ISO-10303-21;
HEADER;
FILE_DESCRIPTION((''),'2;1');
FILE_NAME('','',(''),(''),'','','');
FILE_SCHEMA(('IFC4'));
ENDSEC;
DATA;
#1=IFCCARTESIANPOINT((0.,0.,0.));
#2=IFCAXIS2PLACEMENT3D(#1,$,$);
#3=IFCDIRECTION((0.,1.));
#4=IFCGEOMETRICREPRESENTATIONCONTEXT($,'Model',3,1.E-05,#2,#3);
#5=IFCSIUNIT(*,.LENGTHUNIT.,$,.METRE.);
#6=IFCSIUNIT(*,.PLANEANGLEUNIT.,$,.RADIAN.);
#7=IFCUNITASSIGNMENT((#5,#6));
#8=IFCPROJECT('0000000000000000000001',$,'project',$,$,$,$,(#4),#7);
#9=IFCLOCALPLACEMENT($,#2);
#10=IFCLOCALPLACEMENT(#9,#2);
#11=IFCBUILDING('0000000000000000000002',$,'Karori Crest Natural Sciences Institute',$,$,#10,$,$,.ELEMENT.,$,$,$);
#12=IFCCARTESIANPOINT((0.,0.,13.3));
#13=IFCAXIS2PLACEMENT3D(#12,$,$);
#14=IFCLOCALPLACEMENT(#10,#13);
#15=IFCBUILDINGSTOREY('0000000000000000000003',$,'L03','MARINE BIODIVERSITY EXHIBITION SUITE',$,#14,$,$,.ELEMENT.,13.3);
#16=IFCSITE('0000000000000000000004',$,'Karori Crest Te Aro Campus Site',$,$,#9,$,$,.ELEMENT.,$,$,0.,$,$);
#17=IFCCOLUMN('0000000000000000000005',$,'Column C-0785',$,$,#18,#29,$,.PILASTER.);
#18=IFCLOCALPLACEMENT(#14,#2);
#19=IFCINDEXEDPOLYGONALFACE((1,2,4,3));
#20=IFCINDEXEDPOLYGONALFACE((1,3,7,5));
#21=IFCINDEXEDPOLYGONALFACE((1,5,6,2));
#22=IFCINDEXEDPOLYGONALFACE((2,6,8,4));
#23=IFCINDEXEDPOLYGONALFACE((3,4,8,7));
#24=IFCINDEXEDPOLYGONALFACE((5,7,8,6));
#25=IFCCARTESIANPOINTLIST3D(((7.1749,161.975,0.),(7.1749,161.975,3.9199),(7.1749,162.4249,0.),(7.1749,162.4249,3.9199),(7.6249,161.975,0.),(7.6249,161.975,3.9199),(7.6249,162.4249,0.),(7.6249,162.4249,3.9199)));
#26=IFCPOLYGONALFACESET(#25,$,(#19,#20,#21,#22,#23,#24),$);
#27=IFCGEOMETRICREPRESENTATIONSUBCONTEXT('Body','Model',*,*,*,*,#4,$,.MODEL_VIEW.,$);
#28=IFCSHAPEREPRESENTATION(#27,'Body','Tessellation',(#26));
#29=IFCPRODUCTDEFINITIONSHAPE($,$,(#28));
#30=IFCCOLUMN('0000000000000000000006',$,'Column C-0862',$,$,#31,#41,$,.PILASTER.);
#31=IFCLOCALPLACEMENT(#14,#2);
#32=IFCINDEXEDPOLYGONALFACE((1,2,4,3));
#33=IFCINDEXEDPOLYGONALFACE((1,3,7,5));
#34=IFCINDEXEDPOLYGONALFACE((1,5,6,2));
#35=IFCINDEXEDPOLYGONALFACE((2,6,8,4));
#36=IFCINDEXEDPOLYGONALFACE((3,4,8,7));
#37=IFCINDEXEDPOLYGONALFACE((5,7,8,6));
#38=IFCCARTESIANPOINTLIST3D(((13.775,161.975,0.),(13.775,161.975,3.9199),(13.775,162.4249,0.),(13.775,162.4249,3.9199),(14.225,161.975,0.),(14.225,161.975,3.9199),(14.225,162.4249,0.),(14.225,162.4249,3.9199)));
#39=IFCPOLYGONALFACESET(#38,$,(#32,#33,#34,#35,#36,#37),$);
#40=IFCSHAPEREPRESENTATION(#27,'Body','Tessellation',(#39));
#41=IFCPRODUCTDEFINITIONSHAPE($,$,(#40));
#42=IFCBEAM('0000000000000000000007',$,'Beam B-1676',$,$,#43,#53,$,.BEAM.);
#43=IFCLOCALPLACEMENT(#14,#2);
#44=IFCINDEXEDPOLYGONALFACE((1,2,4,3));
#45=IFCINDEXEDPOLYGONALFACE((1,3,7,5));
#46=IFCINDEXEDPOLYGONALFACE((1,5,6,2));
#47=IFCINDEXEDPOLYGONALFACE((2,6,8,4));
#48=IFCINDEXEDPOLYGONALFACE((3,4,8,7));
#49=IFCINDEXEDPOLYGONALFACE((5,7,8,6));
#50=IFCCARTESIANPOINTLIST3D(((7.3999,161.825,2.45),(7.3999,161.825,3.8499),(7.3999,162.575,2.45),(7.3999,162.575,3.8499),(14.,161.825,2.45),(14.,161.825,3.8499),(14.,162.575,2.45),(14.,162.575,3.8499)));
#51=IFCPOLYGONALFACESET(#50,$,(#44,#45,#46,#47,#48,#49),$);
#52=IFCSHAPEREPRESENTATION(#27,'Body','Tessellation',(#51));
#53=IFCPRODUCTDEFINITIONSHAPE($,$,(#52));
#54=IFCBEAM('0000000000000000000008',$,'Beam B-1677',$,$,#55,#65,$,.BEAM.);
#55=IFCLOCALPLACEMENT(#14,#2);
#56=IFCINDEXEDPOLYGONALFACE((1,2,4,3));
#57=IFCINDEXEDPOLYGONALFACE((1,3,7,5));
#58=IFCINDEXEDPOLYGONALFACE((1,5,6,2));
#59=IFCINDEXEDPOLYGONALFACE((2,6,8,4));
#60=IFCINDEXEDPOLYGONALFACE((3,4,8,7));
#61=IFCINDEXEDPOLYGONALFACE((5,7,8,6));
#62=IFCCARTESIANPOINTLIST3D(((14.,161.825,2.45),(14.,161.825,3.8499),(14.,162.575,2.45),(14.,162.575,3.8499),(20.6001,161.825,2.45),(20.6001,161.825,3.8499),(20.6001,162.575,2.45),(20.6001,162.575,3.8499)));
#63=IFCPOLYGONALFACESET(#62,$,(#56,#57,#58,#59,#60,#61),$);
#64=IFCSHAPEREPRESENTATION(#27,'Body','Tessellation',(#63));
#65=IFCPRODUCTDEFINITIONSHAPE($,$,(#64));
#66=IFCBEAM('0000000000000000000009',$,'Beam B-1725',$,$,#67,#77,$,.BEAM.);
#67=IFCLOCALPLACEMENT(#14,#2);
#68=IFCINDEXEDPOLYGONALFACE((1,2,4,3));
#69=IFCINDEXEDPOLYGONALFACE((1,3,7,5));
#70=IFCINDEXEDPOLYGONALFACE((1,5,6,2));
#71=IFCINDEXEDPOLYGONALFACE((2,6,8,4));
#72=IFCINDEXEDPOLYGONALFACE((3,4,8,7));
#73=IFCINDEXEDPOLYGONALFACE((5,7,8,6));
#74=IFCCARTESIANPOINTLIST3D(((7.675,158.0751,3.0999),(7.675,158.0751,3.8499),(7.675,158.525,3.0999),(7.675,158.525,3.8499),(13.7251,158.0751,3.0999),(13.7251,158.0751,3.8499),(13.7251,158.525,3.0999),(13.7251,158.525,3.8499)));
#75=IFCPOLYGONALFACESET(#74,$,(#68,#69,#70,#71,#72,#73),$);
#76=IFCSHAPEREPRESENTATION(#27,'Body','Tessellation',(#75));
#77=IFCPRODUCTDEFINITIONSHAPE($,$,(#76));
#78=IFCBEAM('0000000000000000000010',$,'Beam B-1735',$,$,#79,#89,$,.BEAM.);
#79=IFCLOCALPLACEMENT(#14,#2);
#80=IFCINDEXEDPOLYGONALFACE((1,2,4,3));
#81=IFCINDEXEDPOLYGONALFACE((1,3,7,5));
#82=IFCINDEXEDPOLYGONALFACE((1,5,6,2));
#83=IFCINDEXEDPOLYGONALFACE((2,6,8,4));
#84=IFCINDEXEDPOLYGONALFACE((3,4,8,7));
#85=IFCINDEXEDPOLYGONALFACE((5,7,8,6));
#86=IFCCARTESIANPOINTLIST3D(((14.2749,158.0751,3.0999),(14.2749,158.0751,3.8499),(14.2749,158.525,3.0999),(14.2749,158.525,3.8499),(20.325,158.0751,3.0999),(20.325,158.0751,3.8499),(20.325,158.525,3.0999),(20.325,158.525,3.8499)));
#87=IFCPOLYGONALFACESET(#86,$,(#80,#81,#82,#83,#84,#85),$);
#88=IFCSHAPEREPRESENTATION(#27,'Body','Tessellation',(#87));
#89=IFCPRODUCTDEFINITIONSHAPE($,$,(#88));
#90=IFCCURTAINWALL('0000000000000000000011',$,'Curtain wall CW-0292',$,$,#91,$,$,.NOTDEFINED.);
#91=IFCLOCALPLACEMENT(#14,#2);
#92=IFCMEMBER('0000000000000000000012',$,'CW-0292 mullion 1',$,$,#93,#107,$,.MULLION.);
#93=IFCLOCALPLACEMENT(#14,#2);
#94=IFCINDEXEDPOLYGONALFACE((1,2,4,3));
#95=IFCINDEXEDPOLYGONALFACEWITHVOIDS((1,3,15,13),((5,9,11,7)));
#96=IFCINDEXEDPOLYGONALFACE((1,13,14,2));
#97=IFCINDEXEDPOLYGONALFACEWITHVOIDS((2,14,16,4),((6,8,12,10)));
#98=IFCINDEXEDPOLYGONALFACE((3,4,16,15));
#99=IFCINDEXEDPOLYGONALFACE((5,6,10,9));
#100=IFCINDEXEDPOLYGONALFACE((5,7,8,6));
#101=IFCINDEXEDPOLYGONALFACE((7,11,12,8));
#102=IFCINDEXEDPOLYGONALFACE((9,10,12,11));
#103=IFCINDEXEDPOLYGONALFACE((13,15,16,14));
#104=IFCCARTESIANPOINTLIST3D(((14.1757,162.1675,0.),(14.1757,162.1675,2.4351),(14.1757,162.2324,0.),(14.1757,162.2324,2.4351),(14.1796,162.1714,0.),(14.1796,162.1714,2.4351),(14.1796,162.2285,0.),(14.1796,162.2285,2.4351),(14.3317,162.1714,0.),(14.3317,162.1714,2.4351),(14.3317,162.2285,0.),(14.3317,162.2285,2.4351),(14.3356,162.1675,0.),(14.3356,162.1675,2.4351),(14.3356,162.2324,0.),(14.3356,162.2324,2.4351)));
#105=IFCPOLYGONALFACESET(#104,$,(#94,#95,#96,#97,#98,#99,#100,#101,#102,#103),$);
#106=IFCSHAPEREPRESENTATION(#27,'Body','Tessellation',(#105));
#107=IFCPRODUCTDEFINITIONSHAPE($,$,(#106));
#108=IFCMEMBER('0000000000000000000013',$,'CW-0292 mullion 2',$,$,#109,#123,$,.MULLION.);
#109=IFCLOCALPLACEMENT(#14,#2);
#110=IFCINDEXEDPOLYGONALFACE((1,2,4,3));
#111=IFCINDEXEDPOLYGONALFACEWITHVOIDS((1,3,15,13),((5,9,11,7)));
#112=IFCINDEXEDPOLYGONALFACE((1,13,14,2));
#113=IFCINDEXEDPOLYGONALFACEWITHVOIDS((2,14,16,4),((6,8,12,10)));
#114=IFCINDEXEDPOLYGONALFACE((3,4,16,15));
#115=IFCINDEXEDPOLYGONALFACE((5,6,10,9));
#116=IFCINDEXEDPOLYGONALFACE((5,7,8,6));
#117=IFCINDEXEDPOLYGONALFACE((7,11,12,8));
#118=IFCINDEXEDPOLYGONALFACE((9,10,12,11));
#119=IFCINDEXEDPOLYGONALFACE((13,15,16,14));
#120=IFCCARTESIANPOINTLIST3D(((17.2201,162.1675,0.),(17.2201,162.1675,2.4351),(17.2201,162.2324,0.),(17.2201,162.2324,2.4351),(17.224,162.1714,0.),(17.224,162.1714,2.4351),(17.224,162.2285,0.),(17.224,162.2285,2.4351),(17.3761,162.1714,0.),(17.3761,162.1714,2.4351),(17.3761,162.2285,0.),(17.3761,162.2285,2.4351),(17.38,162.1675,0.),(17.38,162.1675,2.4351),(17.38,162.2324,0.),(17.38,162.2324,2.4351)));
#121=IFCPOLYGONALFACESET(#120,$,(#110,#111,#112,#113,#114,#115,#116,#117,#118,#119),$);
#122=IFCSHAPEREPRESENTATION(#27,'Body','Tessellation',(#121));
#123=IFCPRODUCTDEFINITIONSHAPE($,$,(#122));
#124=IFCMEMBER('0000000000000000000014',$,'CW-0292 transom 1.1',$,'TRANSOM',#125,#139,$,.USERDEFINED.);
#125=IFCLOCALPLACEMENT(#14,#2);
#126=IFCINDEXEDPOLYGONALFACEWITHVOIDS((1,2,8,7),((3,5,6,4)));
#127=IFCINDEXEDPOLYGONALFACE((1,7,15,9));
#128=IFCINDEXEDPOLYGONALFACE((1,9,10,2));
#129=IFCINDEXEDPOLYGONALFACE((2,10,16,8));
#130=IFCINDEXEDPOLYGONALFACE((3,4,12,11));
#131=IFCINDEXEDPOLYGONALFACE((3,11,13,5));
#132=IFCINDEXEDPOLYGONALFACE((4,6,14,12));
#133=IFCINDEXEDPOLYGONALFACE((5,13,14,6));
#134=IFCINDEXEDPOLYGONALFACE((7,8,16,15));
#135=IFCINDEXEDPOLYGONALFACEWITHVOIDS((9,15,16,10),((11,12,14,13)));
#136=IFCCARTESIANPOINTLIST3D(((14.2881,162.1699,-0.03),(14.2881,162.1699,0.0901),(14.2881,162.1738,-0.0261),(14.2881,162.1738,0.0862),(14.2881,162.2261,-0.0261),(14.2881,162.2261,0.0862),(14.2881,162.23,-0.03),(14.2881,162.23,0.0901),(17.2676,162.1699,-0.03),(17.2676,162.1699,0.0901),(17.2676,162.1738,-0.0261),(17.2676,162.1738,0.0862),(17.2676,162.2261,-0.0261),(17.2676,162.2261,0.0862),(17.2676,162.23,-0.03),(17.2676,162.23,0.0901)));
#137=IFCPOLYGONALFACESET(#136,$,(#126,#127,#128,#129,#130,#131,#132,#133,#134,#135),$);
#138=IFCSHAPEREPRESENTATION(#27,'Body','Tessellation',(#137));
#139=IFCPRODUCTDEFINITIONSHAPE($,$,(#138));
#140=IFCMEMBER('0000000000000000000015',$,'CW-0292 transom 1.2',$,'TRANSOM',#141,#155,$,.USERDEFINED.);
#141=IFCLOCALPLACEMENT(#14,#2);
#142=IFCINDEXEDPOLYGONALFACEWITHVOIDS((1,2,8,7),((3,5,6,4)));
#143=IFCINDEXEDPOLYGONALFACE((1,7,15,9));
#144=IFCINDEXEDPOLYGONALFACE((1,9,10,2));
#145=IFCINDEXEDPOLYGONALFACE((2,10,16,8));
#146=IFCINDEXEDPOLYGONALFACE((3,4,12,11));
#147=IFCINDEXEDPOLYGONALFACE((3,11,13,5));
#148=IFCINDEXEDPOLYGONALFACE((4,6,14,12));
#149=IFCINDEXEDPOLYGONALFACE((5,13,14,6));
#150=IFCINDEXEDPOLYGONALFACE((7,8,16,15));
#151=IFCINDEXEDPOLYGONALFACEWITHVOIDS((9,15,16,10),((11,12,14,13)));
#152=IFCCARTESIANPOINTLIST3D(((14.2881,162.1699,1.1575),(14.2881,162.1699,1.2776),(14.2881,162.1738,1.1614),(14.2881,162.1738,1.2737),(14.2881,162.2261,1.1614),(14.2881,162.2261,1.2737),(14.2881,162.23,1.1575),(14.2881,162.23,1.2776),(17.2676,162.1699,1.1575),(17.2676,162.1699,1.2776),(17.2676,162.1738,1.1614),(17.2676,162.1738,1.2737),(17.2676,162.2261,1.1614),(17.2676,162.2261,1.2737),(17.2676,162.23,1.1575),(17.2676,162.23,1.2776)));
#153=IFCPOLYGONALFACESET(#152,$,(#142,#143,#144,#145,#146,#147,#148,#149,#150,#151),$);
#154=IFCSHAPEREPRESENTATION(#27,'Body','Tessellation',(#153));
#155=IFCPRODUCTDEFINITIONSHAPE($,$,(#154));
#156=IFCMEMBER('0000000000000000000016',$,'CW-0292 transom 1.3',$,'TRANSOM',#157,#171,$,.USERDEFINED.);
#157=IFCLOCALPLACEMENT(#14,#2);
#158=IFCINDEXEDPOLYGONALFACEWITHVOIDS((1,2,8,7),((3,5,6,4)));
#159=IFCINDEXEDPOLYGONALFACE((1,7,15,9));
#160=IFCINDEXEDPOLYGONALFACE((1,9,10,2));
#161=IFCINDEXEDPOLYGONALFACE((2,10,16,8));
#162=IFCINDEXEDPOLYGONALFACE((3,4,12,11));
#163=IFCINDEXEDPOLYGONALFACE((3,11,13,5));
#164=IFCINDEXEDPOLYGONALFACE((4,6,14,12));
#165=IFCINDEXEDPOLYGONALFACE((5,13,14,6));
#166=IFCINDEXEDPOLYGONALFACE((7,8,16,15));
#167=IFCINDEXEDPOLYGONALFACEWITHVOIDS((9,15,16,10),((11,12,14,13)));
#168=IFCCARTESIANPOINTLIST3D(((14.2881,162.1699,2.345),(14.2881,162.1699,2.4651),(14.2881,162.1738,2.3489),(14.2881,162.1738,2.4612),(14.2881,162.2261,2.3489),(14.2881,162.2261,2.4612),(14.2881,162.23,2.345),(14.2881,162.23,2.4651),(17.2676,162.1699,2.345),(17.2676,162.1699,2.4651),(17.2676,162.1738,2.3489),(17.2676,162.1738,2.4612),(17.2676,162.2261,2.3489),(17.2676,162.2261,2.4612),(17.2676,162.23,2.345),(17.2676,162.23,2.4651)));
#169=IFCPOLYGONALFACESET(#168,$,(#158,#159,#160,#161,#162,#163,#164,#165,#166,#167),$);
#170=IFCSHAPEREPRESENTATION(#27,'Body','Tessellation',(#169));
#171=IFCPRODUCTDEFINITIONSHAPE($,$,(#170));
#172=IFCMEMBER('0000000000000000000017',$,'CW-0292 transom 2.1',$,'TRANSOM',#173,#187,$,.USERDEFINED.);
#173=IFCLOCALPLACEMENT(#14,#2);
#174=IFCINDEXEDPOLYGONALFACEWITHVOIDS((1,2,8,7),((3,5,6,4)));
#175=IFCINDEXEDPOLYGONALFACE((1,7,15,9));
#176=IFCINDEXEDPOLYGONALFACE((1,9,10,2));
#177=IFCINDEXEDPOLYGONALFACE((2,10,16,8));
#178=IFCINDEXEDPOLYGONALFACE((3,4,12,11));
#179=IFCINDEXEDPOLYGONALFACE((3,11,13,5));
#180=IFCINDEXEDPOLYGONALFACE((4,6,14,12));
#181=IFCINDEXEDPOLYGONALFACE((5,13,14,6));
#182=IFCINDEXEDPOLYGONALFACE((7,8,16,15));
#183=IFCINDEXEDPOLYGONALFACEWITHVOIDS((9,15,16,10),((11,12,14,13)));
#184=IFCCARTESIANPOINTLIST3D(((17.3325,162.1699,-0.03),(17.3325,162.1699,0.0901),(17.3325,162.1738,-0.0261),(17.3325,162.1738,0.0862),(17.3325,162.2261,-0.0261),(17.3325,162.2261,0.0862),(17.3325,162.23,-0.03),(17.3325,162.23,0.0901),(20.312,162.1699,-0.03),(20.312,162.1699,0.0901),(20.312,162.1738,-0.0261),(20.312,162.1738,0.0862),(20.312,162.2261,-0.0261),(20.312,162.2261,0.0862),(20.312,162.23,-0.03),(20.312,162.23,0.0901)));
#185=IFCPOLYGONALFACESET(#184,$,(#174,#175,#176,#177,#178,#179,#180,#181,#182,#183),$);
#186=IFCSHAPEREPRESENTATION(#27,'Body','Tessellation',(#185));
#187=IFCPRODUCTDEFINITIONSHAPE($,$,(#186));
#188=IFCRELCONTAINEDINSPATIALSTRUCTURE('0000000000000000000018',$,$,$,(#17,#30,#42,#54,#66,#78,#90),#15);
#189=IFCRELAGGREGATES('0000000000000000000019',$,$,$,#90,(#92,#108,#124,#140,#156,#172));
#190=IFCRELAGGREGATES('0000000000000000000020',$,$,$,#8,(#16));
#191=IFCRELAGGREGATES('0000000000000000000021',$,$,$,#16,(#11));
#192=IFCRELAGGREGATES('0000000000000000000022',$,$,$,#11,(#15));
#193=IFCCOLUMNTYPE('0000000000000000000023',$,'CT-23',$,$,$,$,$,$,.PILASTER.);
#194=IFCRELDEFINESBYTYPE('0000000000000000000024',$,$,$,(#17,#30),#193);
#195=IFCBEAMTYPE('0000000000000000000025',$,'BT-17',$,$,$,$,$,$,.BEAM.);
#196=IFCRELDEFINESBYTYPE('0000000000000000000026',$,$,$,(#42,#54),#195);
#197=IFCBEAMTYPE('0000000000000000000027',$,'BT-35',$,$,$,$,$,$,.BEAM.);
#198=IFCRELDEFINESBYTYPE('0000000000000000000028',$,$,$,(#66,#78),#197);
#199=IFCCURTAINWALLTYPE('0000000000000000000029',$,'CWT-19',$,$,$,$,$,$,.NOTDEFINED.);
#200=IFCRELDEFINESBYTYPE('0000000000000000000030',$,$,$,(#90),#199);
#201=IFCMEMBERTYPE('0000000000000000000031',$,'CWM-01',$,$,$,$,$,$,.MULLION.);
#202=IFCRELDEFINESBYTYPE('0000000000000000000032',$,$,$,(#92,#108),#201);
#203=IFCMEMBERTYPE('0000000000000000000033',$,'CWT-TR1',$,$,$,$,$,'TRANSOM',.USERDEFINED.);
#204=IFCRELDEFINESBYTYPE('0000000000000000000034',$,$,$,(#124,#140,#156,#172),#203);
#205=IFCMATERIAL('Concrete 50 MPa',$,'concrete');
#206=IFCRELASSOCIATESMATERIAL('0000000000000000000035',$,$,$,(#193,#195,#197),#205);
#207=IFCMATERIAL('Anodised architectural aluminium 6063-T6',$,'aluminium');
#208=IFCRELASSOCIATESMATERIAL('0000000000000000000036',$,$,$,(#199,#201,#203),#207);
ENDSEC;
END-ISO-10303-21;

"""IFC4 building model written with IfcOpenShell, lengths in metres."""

from ifc_helpers import new_model, si_unit, direction, frame, origin, origin_2d, place, context, subcontext, project, spatial, rectangle, hollow_rectangle, extrude, material, material_profile, profile_set, type_object, element, aggregate, save


model = new_model("IFC4")

# Units and contexts
model_context = context("Model", 3, precision=1e-05, world=origin(), true_north=direction((0.0, 1.0)))
body_context = subcontext(model_context, "Body", "Model", "MODEL_VIEW")
ifc_project = project(units=[si_unit("LENGTHUNIT", "METRE"), si_unit("PLANEANGLEUNIT", "RADIAN")], contexts=[model_context])

# Site, building, storey
site_placement = place(None, origin())
site = spatial("IfcSite", under=ifc_project, at=site_placement, Name="Karori Crest Te Aro Campus Site", CompositionType="ELEMENT", RefElevation=0.0)
building_placement = place(site_placement, origin())
building = spatial("IfcBuilding", under=site, at=building_placement, Name="Karori Crest Natural Sciences Institute", CompositionType="ELEMENT")
storey_placement = place(building_placement, frame((0.0, 0.0, 13.3)))
storey = spatial("IfcBuildingStorey", under=building, at=storey_placement, Name="L03", Description="MARINE BIODIVERSITY EXHIBITION SUITE", CompositionType="ELEMENT", Elevation=13.3)

# Columns
ifc_material_1 = material(Name="Concrete 50 MPa", Category="concrete")
ifc_material_profile_1 = material_profile(ifc_material_1, rectangle(XDim=0.45, YDim=0.45, at=origin_2d()), Name="RC450x450")
ifc_profile_set_1 = profile_set([ifc_material_profile_1], Name="Concrete 50 MPa")
column_type = type_object("IfcColumnType", Name="CT-23", PredefinedType="PILASTER", material=ifc_profile_set_1)
for number, where, z_axis, x_axis, name in (
    (1, (7.3999, 162.2, 0.0), (0.0, 0.0, 1.0), (1.0, 0.0, 0.0), "Column C-0785"),
    (2, (14.0, 162.2, 0.0), (0.0, 0.0, 1.0), (1.0, 0.0, 0.0), "Column C-0862"),
):
    element("IfcColumn", number, at=place(storey_placement, frame(where, z_axis=z_axis, x_axis=x_axis)), inside=storey, type_object=column_type, Name=name, PredefinedType="PILASTER", context=body_context, shape_type="SweptSolid", body=[
        extrude(rectangle(XDim=0.45, YDim=0.45, at=origin_2d()), origin(), (0.0, 0.0, 1.0), 3.9199),
    ])

# Beams
ifc_material_profile_2 = material_profile(ifc_material_1, rectangle(XDim=0.75, YDim=1.3999, at=origin_2d()), Name="RCB750x1400")
ifc_profile_set_2 = profile_set([ifc_material_profile_2], Name="Concrete 50 MPa")
beam_type_1 = type_object("IfcBeamType", Name="BT-17", PredefinedType="BEAM", material=ifc_profile_set_2)
for number, where, z_axis, x_axis, name in (
    (3, (7.3999, 162.2, 3.1499), (1.0, 0.0, 0.0), (0.0, 1.0, 0.0), "Beam B-1676"),
    (4, (14.0, 162.2, 3.1499), (1.0, 0.0, 0.0), (0.0, 1.0, 0.0), "Beam B-1677"),
):
    element("IfcBeam", number, at=place(storey_placement, frame(where, z_axis=z_axis, x_axis=x_axis)), inside=storey, type_object=beam_type_1, Name=name, PredefinedType="BEAM", context=body_context, shape_type="SweptSolid", body=[
        extrude(rectangle(XDim=0.75, YDim=1.3999, at=origin_2d()), origin(), (0.0, 0.0, 1.0), 6.6001),
    ])
ifc_material_profile_3 = material_profile(ifc_material_1, rectangle(XDim=0.45, YDim=0.75, at=origin_2d()), Name="RCB450x750")
ifc_profile_set_3 = profile_set([ifc_material_profile_3], Name="Concrete 50 MPa")
beam_type_2 = type_object("IfcBeamType", Name="BT-35", PredefinedType="BEAM", material=ifc_profile_set_3)
for number, where, z_axis, x_axis, name in (
    (5, (7.675, 158.3, 3.4749), (1.0, 0.0, 0.0), (0.0, 1.0, 0.0), "Beam B-1725"),
    (6, (14.2749, 158.3, 3.4749), (1.0, 0.0, 0.0), (0.0, 1.0, 0.0), "Beam B-1735"),
):
    element("IfcBeam", number, at=place(storey_placement, frame(where, z_axis=z_axis, x_axis=x_axis)), inside=storey, type_object=beam_type_2, Name=name, PredefinedType="BEAM", context=body_context, shape_type="SweptSolid", body=[
        extrude(rectangle(XDim=0.45, YDim=0.75, at=origin_2d()), origin(), (0.0, 0.0, 1.0), 6.05),
    ])

# Curtain wall, members
ifc_material_2 = material(Name="Anodised architectural aluminium 6063-T6", Category="aluminium")
curtain_wall_type = type_object("IfcCurtainWallType", Name="CWT-19", PredefinedType="NOTDEFINED", material=ifc_material_2)
curtain_wall_placement = place(storey_placement, origin())
curtain_wall = element("IfcCurtainWall", 7, at=curtain_wall_placement, inside=storey, type_object=curtain_wall_type, Name="Curtain wall CW-0292", PredefinedType="NOTDEFINED")
ifc_material_profile_4 = material_profile(ifc_material_2, hollow_rectangle(XDim=0.0649, YDim=0.1599, WallThickness=0.0039, at=origin_2d()), Name="CWM160x65x4")
ifc_profile_set_4 = profile_set([ifc_material_profile_4], Name="Anodised architectural aluminium 6063-T6")
member_type_1 = type_object("IfcMemberType", Name="CWM-01", PredefinedType="MULLION", material=ifc_profile_set_4)
member_1_placement = place(storey_placement, frame((14.2556, 162.2, 0.0), z_axis=(0.0, 0.0, 1.0), x_axis=(0.0, 1.0, 0.0)))
member_1 = element("IfcMember", 8, at=member_1_placement, type_object=member_type_1, Name="CW-0292 mullion 1", PredefinedType="MULLION", context=body_context, shape_type="SweptSolid", body=[
    extrude(hollow_rectangle(XDim=0.0649, YDim=0.1599, WallThickness=0.0039, at=origin_2d()), origin(), (0.0, 0.0, 1.0), 2.4351),
])
member_2_placement = place(storey_placement, frame((17.3, 162.2, 0.0), z_axis=(0.0, 0.0, 1.0), x_axis=(0.0, 1.0, 0.0)))
member_2 = element("IfcMember", 9, at=member_2_placement, type_object=member_type_1, Name="CW-0292 mullion 2", PredefinedType="MULLION", context=body_context, shape_type="SweptSolid", body=[
    extrude(hollow_rectangle(XDim=0.0649, YDim=0.1599, WallThickness=0.0039, at=origin_2d()), origin(), (0.0, 0.0, 1.0), 2.4351),
])
ifc_material_profile_5 = material_profile(ifc_material_2, hollow_rectangle(XDim=0.0601, YDim=0.1201, WallThickness=0.0039, at=origin_2d()), Name="CWT120x60x4")
ifc_profile_set_5 = profile_set([ifc_material_profile_5], Name="Anodised architectural aluminium 6063-T6")
member_type_2 = type_object("IfcMemberType", Name="CWT-TR1", ElementType="TRANSOM", PredefinedType="USERDEFINED", material=ifc_profile_set_5)
member_3_placement = place(storey_placement, frame((14.2881, 162.2, 0.03), z_axis=(1.0, 0.0, 0.0), x_axis=(0.0, 1.0, 0.0)))
member_3 = element("IfcMember", 10, at=member_3_placement, type_object=member_type_2, Name="CW-0292 transom 1.1", ObjectType="TRANSOM", PredefinedType="USERDEFINED", context=body_context, shape_type="SweptSolid", body=[
    extrude(hollow_rectangle(XDim=0.0601, YDim=0.1201, WallThickness=0.0039, at=origin_2d()), origin(), (0.0, 0.0, 1.0), 2.9795),
])
member_4_placement = place(storey_placement, frame((14.2881, 162.2, 1.2175), z_axis=(1.0, 0.0, 0.0), x_axis=(0.0, 1.0, 0.0)))
member_4 = element("IfcMember", 11, at=member_4_placement, type_object=member_type_2, Name="CW-0292 transom 1.2", ObjectType="TRANSOM", PredefinedType="USERDEFINED", context=body_context, shape_type="SweptSolid", body=[
    extrude(hollow_rectangle(XDim=0.0601, YDim=0.1201, WallThickness=0.0039, at=origin_2d()), origin(), (0.0, 0.0, 1.0), 2.9795),
])
member_5_placement = place(storey_placement, frame((14.2881, 162.2, 2.405), z_axis=(1.0, 0.0, 0.0), x_axis=(0.0, 1.0, 0.0)))
member_5 = element("IfcMember", 12, at=member_5_placement, type_object=member_type_2, Name="CW-0292 transom 1.3", ObjectType="TRANSOM", PredefinedType="USERDEFINED", context=body_context, shape_type="SweptSolid", body=[
    extrude(hollow_rectangle(XDim=0.0601, YDim=0.1201, WallThickness=0.0039, at=origin_2d()), origin(), (0.0, 0.0, 1.0), 2.9795),
])
member_6_placement = place(storey_placement, frame((17.3325, 162.2, 0.03), z_axis=(1.0, 0.0, 0.0), x_axis=(0.0, 1.0, 0.0)))
member_6 = element("IfcMember", 13, at=member_6_placement, type_object=member_type_2, Name="CW-0292 transom 2.1", ObjectType="TRANSOM", PredefinedType="USERDEFINED", context=body_context, shape_type="SweptSolid", body=[
    extrude(hollow_rectangle(XDim=0.0601, YDim=0.1201, WallThickness=0.0039, at=origin_2d()), origin(), (0.0, 0.0, 1.0), 2.9795),
])
aggregate(curtain_wall, [member_1, member_2, member_3, member_4, member_5, member_6])

save(model, "model.ifc")
